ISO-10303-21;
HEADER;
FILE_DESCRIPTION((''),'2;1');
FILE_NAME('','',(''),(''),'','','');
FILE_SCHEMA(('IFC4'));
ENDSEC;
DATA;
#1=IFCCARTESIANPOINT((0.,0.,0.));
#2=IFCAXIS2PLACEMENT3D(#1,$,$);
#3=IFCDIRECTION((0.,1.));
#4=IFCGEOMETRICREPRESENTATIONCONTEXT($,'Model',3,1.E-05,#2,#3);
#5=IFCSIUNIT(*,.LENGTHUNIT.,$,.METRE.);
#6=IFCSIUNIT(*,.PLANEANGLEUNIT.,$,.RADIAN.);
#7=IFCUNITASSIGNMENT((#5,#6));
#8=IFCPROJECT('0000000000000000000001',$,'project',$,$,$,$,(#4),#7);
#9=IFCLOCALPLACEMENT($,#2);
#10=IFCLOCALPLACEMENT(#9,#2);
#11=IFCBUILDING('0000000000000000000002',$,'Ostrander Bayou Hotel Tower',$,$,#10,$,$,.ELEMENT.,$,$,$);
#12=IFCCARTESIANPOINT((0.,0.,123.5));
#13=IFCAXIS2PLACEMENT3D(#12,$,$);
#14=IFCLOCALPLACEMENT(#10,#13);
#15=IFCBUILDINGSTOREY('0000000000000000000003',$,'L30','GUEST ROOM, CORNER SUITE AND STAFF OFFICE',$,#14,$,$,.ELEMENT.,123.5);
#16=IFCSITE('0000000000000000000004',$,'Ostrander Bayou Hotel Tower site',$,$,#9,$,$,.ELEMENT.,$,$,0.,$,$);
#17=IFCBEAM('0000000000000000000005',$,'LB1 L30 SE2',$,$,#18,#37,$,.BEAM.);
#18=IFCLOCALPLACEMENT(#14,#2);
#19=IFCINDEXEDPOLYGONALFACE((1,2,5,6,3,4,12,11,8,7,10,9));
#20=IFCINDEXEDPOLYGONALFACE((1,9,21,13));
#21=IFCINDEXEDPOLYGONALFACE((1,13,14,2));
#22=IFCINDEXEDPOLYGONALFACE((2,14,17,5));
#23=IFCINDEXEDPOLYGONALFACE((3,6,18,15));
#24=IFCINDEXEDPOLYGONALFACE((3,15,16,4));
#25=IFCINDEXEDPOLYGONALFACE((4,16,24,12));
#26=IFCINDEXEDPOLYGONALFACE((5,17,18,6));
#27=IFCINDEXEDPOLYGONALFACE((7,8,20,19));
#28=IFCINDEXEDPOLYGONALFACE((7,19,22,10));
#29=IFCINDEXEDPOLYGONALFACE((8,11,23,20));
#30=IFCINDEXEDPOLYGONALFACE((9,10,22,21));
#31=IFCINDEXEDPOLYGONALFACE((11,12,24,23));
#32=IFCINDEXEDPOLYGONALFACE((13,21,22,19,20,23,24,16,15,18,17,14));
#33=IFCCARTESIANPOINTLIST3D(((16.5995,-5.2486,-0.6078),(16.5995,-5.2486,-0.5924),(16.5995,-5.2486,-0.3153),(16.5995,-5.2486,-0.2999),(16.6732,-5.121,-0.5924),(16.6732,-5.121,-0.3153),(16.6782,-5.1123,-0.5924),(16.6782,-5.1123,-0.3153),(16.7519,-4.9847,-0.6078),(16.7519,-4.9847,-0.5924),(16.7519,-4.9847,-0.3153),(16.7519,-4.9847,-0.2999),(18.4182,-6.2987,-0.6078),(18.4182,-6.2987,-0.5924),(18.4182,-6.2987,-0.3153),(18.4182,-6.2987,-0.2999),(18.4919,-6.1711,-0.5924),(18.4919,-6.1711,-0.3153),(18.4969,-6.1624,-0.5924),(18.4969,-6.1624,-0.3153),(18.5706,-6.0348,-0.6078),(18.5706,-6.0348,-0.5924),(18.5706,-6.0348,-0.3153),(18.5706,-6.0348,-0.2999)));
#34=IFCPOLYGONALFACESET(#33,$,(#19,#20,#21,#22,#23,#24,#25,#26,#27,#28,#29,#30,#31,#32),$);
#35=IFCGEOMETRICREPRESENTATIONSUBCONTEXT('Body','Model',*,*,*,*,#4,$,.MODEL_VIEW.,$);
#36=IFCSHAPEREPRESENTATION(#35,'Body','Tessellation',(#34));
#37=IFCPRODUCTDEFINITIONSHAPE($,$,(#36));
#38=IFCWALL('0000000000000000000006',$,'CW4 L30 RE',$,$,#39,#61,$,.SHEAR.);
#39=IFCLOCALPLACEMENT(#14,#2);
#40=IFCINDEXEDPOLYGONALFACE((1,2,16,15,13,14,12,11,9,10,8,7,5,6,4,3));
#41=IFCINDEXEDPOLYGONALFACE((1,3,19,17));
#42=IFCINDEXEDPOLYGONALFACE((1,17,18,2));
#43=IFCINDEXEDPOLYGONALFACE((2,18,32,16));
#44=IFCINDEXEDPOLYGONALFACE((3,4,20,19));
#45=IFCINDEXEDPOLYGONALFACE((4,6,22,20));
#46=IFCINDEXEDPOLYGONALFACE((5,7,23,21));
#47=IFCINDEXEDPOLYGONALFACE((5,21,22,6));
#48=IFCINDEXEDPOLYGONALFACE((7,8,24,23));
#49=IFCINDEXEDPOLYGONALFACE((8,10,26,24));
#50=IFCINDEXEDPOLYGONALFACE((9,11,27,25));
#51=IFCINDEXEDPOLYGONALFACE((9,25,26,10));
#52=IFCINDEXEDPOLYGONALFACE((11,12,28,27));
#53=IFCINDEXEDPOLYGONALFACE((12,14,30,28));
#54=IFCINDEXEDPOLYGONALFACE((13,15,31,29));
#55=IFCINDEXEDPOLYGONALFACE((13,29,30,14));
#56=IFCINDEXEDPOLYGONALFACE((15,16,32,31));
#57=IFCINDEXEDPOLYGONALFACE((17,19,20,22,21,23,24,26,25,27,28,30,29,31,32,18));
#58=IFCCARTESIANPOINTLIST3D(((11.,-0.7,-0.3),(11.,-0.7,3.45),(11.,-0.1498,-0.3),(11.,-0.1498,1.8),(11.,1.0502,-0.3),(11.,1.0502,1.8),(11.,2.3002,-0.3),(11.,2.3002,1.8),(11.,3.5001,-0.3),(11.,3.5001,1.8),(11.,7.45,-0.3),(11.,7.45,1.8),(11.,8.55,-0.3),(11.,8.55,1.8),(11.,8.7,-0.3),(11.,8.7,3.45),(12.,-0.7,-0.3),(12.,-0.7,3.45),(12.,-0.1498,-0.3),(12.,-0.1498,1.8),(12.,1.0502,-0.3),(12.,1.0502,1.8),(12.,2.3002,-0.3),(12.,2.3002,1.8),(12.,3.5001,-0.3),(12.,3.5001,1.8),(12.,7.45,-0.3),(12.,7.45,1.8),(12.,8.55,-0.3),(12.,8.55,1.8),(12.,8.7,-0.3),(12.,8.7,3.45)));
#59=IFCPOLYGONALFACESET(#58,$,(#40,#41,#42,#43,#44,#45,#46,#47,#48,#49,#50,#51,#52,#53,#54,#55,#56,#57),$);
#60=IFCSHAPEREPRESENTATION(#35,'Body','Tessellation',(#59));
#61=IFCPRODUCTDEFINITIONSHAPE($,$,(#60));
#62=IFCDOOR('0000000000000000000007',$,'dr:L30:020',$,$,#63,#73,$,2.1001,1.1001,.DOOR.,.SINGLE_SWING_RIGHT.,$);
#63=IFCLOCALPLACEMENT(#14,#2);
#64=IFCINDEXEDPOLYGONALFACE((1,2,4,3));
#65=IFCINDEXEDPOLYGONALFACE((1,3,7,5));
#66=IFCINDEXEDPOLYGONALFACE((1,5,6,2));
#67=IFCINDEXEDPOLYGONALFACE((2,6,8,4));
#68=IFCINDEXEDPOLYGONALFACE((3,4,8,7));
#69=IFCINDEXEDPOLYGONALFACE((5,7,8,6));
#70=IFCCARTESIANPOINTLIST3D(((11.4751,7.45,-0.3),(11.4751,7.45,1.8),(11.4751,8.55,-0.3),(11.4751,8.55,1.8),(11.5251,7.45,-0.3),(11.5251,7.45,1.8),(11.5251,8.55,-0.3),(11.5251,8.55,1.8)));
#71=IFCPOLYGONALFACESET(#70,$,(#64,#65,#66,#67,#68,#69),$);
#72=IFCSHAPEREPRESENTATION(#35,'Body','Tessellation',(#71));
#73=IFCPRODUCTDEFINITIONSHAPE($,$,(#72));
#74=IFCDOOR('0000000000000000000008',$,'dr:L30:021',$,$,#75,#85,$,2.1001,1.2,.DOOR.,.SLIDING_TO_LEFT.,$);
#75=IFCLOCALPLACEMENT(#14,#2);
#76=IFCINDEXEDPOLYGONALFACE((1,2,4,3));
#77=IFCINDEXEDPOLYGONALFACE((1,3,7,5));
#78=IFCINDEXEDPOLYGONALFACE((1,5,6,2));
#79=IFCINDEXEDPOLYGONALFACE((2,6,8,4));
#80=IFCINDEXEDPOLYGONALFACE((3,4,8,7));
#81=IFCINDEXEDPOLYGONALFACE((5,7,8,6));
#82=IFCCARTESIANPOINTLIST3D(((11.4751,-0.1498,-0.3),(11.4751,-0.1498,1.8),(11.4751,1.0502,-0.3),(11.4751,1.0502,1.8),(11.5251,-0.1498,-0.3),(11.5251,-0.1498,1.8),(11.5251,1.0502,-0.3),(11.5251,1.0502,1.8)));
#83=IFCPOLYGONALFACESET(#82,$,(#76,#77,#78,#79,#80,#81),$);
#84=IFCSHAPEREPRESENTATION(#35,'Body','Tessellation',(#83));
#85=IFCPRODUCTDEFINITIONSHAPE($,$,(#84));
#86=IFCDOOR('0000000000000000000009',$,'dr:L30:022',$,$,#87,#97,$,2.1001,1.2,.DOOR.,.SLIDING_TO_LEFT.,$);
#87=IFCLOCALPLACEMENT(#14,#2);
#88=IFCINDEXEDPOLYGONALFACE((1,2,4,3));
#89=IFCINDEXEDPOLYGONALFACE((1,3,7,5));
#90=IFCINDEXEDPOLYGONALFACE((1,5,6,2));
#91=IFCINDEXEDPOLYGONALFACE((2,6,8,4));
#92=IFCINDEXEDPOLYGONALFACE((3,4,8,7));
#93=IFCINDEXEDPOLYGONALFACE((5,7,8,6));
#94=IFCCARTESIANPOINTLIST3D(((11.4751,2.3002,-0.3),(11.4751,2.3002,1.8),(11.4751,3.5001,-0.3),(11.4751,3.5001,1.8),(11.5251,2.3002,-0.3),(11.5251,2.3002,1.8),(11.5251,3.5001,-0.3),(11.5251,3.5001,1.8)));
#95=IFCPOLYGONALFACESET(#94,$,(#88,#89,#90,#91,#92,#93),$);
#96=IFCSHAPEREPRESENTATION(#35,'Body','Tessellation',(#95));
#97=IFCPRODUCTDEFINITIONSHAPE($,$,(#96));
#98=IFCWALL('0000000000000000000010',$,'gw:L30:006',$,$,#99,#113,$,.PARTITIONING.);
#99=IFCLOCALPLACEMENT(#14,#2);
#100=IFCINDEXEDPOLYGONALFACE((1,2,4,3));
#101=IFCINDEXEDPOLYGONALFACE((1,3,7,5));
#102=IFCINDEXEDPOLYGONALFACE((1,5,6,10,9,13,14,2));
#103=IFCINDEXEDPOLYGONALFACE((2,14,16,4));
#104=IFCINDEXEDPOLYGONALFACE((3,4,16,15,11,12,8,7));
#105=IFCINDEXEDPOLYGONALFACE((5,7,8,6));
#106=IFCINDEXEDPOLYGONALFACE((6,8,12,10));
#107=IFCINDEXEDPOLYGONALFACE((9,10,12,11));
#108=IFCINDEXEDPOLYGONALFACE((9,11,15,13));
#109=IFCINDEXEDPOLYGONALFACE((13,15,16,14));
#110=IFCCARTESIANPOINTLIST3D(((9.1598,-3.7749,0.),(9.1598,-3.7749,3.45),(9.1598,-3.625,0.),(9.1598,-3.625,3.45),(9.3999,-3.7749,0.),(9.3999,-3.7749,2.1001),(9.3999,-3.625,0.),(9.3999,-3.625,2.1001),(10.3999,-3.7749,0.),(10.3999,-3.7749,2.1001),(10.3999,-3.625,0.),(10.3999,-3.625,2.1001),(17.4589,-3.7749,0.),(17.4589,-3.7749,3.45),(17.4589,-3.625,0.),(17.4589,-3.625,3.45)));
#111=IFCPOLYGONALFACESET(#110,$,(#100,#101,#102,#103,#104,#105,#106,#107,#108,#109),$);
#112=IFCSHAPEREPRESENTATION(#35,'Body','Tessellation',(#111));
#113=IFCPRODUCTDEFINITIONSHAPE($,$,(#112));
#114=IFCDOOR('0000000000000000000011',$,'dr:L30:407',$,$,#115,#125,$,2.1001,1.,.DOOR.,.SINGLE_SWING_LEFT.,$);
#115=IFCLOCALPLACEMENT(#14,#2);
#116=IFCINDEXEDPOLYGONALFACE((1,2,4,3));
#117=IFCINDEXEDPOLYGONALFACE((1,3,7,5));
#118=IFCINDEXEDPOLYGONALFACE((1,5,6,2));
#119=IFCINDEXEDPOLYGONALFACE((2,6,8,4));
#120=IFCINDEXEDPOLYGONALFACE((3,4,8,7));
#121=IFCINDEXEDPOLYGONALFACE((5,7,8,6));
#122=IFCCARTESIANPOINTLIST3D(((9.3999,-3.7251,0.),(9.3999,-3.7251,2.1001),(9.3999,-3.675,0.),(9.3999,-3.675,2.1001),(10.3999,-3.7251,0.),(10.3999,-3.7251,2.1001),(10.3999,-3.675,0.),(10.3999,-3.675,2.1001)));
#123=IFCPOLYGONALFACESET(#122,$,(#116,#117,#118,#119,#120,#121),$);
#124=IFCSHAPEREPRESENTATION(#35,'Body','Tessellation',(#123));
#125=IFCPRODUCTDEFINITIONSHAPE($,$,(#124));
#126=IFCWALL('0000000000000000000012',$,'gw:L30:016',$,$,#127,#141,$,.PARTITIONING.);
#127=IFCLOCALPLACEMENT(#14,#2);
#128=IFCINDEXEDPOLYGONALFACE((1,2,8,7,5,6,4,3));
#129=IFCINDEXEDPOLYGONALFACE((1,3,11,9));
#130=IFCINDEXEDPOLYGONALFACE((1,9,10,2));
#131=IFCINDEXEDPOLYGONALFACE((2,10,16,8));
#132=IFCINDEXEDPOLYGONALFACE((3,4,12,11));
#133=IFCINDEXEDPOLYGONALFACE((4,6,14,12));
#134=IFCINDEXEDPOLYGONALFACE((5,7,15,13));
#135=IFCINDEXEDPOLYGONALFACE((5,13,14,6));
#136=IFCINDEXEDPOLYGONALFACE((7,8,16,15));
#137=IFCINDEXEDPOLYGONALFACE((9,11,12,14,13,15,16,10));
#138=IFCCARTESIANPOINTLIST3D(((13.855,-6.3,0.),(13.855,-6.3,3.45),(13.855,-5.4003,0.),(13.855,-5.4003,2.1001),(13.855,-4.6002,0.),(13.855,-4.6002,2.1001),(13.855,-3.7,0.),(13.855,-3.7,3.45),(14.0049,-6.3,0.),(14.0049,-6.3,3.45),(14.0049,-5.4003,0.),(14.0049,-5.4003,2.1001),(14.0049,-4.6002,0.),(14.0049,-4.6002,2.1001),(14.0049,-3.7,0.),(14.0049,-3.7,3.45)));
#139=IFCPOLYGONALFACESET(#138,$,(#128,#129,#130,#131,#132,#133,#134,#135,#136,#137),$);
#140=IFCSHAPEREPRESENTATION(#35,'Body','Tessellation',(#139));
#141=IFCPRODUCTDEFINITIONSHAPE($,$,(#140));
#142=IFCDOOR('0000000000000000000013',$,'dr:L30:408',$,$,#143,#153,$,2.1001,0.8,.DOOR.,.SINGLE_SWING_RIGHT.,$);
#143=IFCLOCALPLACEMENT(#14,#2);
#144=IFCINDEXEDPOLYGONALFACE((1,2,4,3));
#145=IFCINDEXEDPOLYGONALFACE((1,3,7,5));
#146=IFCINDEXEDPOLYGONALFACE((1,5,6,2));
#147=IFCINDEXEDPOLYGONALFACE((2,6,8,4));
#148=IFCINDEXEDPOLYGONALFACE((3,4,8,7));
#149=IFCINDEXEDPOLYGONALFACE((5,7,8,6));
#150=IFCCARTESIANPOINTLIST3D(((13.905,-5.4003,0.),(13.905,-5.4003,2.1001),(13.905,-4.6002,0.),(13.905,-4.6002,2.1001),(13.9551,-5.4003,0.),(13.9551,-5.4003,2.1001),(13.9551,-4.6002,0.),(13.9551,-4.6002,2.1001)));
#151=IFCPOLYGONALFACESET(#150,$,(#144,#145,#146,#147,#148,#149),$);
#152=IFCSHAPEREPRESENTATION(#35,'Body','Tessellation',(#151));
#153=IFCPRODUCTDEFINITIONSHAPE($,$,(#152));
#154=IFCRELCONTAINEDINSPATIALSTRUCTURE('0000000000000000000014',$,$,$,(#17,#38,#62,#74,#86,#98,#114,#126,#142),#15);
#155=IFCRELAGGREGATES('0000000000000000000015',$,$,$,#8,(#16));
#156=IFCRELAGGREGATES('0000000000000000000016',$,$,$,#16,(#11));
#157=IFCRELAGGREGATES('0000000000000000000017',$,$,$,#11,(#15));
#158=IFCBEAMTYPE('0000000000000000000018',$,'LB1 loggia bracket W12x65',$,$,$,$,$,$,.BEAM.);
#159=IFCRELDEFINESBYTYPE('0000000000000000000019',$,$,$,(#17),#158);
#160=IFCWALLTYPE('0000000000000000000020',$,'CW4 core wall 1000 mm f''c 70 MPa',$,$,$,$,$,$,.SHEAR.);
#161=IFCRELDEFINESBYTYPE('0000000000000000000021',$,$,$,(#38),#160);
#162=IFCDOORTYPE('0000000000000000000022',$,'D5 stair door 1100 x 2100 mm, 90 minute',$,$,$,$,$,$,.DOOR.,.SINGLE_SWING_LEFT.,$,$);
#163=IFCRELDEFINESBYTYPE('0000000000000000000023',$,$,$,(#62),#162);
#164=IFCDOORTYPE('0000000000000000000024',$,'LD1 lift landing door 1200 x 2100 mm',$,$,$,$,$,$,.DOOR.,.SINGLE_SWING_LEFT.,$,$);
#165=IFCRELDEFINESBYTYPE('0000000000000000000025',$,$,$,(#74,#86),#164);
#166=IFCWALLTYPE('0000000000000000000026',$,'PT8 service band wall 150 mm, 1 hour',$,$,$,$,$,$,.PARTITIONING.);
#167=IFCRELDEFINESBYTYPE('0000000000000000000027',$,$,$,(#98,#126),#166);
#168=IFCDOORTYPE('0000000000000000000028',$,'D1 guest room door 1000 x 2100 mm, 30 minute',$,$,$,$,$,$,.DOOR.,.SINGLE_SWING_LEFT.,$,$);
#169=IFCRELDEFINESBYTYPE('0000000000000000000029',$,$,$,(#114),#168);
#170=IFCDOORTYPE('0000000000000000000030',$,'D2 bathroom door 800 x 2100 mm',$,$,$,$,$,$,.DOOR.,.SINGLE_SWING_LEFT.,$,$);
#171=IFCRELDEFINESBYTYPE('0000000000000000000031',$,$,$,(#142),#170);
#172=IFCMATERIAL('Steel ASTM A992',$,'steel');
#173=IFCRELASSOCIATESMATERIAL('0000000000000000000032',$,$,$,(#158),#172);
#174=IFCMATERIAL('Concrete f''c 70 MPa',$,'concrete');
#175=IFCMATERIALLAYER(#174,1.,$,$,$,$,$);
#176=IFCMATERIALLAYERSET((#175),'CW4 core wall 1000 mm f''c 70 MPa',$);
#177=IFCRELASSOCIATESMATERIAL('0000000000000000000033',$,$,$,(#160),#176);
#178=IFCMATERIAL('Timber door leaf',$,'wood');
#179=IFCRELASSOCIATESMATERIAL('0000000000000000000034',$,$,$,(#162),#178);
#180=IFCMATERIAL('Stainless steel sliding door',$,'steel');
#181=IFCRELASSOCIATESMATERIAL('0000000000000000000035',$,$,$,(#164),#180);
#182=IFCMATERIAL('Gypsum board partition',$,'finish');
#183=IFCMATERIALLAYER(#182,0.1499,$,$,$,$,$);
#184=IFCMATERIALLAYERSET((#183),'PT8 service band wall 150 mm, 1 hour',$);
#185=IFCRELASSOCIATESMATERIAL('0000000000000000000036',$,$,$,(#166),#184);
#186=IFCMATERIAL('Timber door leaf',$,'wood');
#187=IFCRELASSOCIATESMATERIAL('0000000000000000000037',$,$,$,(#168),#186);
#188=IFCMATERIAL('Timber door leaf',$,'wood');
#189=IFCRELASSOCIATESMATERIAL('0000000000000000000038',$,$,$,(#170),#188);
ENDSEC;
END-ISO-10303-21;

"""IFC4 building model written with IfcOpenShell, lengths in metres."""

from ifc_helpers import new_model, si_unit, direction, frame, frame_2d, origin, origin_2d, place, context, subcontext, project, spatial, rectangle, i_section, extrude, material, layer, layer_set, material_profile, profile_set, type_object, element, fill, save


model = new_model("IFC4")

# Units and contexts
model_context = context("Model", 3, precision=1e-05, world=origin(), true_north=direction((0.0, 1.0)))
body_context = subcontext(model_context, "Body", "Model", "MODEL_VIEW")
ifc_project = project(units=[si_unit("LENGTHUNIT", "METRE"), si_unit("PLANEANGLEUNIT", "RADIAN")], contexts=[model_context])

# Site, building, storey
site_placement = place(None, origin())
site = spatial("IfcSite", under=ifc_project, at=site_placement, Name="Ostrander Bayou Hotel Tower site", CompositionType="ELEMENT", RefElevation=0.0)
building_placement = place(site_placement, origin())
building = spatial("IfcBuilding", under=site, at=building_placement, Name="Ostrander Bayou Hotel Tower", CompositionType="ELEMENT")
storey_placement = place(building_placement, frame((0.0, 0.0, 123.5)))
storey = spatial("IfcBuildingStorey", under=building, at=storey_placement, Name="L30", Description="GUEST ROOM, CORNER SUITE AND STAFF OFFICE", CompositionType="ELEMENT", Elevation=123.5)

# Beam
ifc_material_1 = material(Name="Steel ASTM A992", Category="steel")
ifc_material_profile = material_profile(ifc_material_1, i_section(OverallWidth=0.3047, OverallDepth=0.3079, WebThickness=0.01, FlangeThickness=0.0154, at=origin_2d()))
ifc_profile_set = profile_set([ifc_material_profile], Name="Steel ASTM A992")
beam_type = type_object("IfcBeamType", Name="LB1 loggia bracket W12x65", PredefinedType="BEAM", material=ifc_profile_set)
beam_placement = place(storey_placement, frame((18.4944, -6.1667, -0.4539), z_axis=(-0.866009, 0.500028, 0.0), x_axis=(-0.500028, -0.866009, 0.0)))
element("IfcBeam", 1, at=beam_placement, inside=storey, type_object=beam_type, Name="LB1 L30 SE2", PredefinedType="BEAM", context=body_context, shape_type="SweptSolid", body=[
    extrude(i_section(OverallWidth=0.3047, OverallDepth=0.3079, WebThickness=0.01, FlangeThickness=0.0154, at=origin_2d()), origin(), (0.0, 0.0, 1.0), 2.1001),
])

# Wall, openings, doors
ifc_material_2 = material(Name="Concrete f'c 70 MPa", Category="concrete")
ifc_layer_1 = layer(ifc_material_2, 1.0)
ifc_layer_set_1 = layer_set([ifc_layer_1], Name="CW4 core wall 1000 mm f'c 70 MPa")
wall_type_1 = type_object("IfcWallType", Name="CW4 core wall 1000 mm f'c 70 MPa", PredefinedType="SHEAR", material=ifc_layer_set_1)
wall_1_placement = place(storey_placement, frame((11.5, -0.7, -0.3), z_axis=(0.0, 0.0, 1.0), x_axis=(0.0, 1.0, 0.0)))
wall_1 = element("IfcWall", 2, at=wall_1_placement, inside=storey, type_object=wall_type_1, Name="CW4 L30 RE", PredefinedType="SHEAR", context=body_context, shape_type="SweptSolid", body=[
    extrude(rectangle(XDim=9.3999, YDim=1.0, at=frame_2d((4.7, 0.0))), origin(), (0.0, 0.0, 1.0), 3.75),
])
opening_1_placement = place(wall_1_placement, frame((8.1499, 0.0, 0.0)))
opening_1 = element("IfcOpeningElement", 3, at=opening_1_placement, cuts=wall_1, PredefinedType="OPENING", context=body_context, shape_type="SweptSolid", body=[
    extrude(rectangle(XDim=1.1001, YDim=2.1001, at=frame_2d((0.55, 1.05))), frame((0.0, 0.5, 0.0), z_axis=(0.0, -1.0, 0.0), x_axis=(1.0, 0.0, 0.0)), (0.0, 0.0, 1.0), 1.0),
])
opening_2_placement = place(wall_1_placement, frame((0.55, 0.0, 0.0)))
opening_2 = element("IfcOpeningElement", 4, at=opening_2_placement, cuts=wall_1, PredefinedType="OPENING", context=body_context, shape_type="SweptSolid", body=[
    extrude(rectangle(XDim=1.2, YDim=2.1001, at=frame_2d((0.6001, 1.05))), frame((0.0, 0.5, 0.0), z_axis=(0.0, -1.0, 0.0), x_axis=(1.0, 0.0, 0.0)), (0.0, 0.0, 1.0), 1.0),
])
opening_3_placement = place(wall_1_placement, frame((3.0, 0.0, 0.0)))
opening_3 = element("IfcOpeningElement", 5, at=opening_3_placement, cuts=wall_1, PredefinedType="OPENING", context=body_context, shape_type="SweptSolid", body=[
    extrude(rectangle(XDim=1.2, YDim=2.1001, at=frame_2d((0.6001, 1.05))), frame((0.0, 0.5, 0.0), z_axis=(0.0, -1.0, 0.0), x_axis=(1.0, 0.0, 0.0)), (0.0, 0.0, 1.0), 1.0),
])
ifc_material_3 = material(Name="Timber door leaf", Category="wood")
door_type_1 = type_object("IfcDoorType", Name="D5 stair door 1100 x 2100 mm, 90 minute", OperationType="SINGLE_SWING_LEFT", PredefinedType="DOOR", material=ifc_material_3)
door_1_placement = place(opening_1_placement, origin())
door_1 = element("IfcDoor", 6, at=door_1_placement, inside=storey, type_object=door_type_1, Name="dr:L30:020", OperationType="SINGLE_SWING_RIGHT", OverallHeight=2.1001, OverallWidth=1.1001, PredefinedType="DOOR", context=body_context, shape_type="SweptSolid", body=[
    extrude(rectangle(XDim=1.1001, YDim=2.1001, at=frame_2d((0.55, 1.05))), frame((0.0, 0.0249, 0.0), z_axis=(0.0, -1.0, 0.0), x_axis=(1.0, 0.0, 0.0)), (0.0, 0.0, 1.0), 0.05),
])
fill(opening_1, door_1)
ifc_material_4 = material(Name="Stainless steel sliding door", Category="steel")
door_type_2 = type_object("IfcDoorType", Name="LD1 lift landing door 1200 x 2100 mm", OperationType="SINGLE_SWING_LEFT", PredefinedType="DOOR", material=ifc_material_4)
door_2_placement = place(opening_2_placement, origin())
door_2 = element("IfcDoor", 7, at=door_2_placement, inside=storey, type_object=door_type_2, Name="dr:L30:021", OperationType="SLIDING_TO_LEFT", OverallHeight=2.1001, OverallWidth=1.2, PredefinedType="DOOR", context=body_context, shape_type="SweptSolid", body=[
    extrude(rectangle(XDim=1.2, YDim=2.1001, at=frame_2d((0.6001, 1.05))), frame((0.0, 0.0249, 0.0), z_axis=(0.0, -1.0, 0.0), x_axis=(1.0, 0.0, 0.0)), (0.0, 0.0, 1.0), 0.05),
])
fill(opening_2, door_2)
door_3_placement = place(opening_3_placement, origin())
door_3 = element("IfcDoor", 8, at=door_3_placement, inside=storey, type_object=door_type_2, Name="dr:L30:022", OperationType="SLIDING_TO_LEFT", OverallHeight=2.1001, OverallWidth=1.2, PredefinedType="DOOR", context=body_context, shape_type="SweptSolid", body=[
    extrude(rectangle(XDim=1.2, YDim=2.1001, at=frame_2d((0.6001, 1.05))), frame((0.0, 0.0249, 0.0), z_axis=(0.0, -1.0, 0.0), x_axis=(1.0, 0.0, 0.0)), (0.0, 0.0, 1.0), 0.05),
])
fill(opening_3, door_3)

# Walls, openings, doors
ifc_material_5 = material(Name="Gypsum board partition", Category="finish")
ifc_layer_2 = layer(ifc_material_5, 0.1499)
ifc_layer_set_2 = layer_set([ifc_layer_2], Name="PT8 service band wall 150 mm, 1 hour")
wall_type_2 = type_object("IfcWallType", Name="PT8 service band wall 150 mm, 1 hour", PredefinedType="PARTITIONING", material=ifc_layer_set_2)
wall_2_placement = place(storey_placement, frame((9.1599, -3.7, 0.0), z_axis=(0.0, 0.0, 1.0), x_axis=(1.0, 0.0, 0.0)))
wall_2 = element("IfcWall", 9, at=wall_2_placement, inside=storey, type_object=wall_type_2, Name="gw:L30:006", PredefinedType="PARTITIONING", context=body_context, shape_type="SweptSolid", body=[
    extrude(rectangle(XDim=8.2991, YDim=0.1499, at=frame_2d((4.1494, 0.0))), origin(), (0.0, 0.0, 1.0), 3.45),
])
opening_4_placement = place(wall_2_placement, frame((0.24, 0.0, 0.0)))
opening_4 = element("IfcOpeningElement", 10, at=opening_4_placement, cuts=wall_2, PredefinedType="OPENING", context=body_context, shape_type="SweptSolid", body=[
    extrude(rectangle(XDim=1.0, YDim=2.1001, at=frame_2d((0.5, 1.05))), frame((0.0, 0.075, 0.0), z_axis=(0.0, -1.0, 0.0), x_axis=(1.0, 0.0, 0.0)), (0.0, 0.0, 1.0), 0.1499),
])
ifc_material_6 = material(Name="Timber door leaf", Category="wood")
door_type_3 = type_object("IfcDoorType", Name="D1 guest room door 1000 x 2100 mm, 30 minute", OperationType="SINGLE_SWING_LEFT", PredefinedType="DOOR", material=ifc_material_6)
door_4_placement = place(opening_4_placement, origin())
door_4 = element("IfcDoor", 11, at=door_4_placement, inside=storey, type_object=door_type_3, Name="dr:L30:407", OperationType="SINGLE_SWING_LEFT", OverallHeight=2.1001, OverallWidth=1.0, PredefinedType="DOOR", context=body_context, shape_type="SweptSolid", body=[
    extrude(rectangle(XDim=1.0, YDim=2.1001, at=frame_2d((0.5, 1.05))), frame((0.0, 0.0249, 0.0), z_axis=(0.0, -1.0, 0.0), x_axis=(1.0, 0.0, 0.0)), (0.0, 0.0, 1.0), 0.05),
])
fill(opening_4, door_4)
wall_3_placement = place(storey_placement, frame((13.9299, -6.3, 0.0), z_axis=(0.0, 0.0, 1.0), x_axis=(0.0, 1.0, 0.0)))
wall_3 = element("IfcWall", 12, at=wall_3_placement, inside=storey, type_object=wall_type_2, Name="gw:L30:016", PredefinedType="PARTITIONING", context=body_context, shape_type="SweptSolid", body=[
    extrude(rectangle(XDim=2.6001, YDim=0.1499, at=frame_2d((1.3, 0.0))), origin(), (0.0, 0.0, 1.0), 3.45),
])
opening_5_placement = place(wall_3_placement, frame((0.8999, 0.0, 0.0)))
opening_5 = element("IfcOpeningElement", 13, at=opening_5_placement, cuts=wall_3, PredefinedType="OPENING", context=body_context, shape_type="SweptSolid", body=[
    extrude(rectangle(XDim=0.8, YDim=2.1001, at=frame_2d((0.3999, 1.05))), frame((0.0, 0.075, 0.0), z_axis=(0.0, -1.0, 0.0), x_axis=(1.0, 0.0, 0.0)), (0.0, 0.0, 1.0), 0.1499),
])
ifc_material_7 = material(Name="Timber door leaf", Category="wood")
door_type_4 = type_object("IfcDoorType", Name="D2 bathroom door 800 x 2100 mm", OperationType="SINGLE_SWING_LEFT", PredefinedType="DOOR", material=ifc_material_7)
door_5_placement = place(opening_5_placement, origin())
door_5 = element("IfcDoor", 14, at=door_5_placement, inside=storey, type_object=door_type_4, Name="dr:L30:408", OperationType="SINGLE_SWING_RIGHT", OverallHeight=2.1001, OverallWidth=0.8, PredefinedType="DOOR", context=body_context, shape_type="SweptSolid", body=[
    extrude(rectangle(XDim=0.8, YDim=2.1001, at=frame_2d((0.3999, 1.05))), frame((0.0, 0.0249, 0.0), z_axis=(0.0, -1.0, 0.0), x_axis=(1.0, 0.0, 0.0)), (0.0, 0.0, 1.0), 0.05),
])
fill(opening_5, door_5)

save(model, "model.ifc")
